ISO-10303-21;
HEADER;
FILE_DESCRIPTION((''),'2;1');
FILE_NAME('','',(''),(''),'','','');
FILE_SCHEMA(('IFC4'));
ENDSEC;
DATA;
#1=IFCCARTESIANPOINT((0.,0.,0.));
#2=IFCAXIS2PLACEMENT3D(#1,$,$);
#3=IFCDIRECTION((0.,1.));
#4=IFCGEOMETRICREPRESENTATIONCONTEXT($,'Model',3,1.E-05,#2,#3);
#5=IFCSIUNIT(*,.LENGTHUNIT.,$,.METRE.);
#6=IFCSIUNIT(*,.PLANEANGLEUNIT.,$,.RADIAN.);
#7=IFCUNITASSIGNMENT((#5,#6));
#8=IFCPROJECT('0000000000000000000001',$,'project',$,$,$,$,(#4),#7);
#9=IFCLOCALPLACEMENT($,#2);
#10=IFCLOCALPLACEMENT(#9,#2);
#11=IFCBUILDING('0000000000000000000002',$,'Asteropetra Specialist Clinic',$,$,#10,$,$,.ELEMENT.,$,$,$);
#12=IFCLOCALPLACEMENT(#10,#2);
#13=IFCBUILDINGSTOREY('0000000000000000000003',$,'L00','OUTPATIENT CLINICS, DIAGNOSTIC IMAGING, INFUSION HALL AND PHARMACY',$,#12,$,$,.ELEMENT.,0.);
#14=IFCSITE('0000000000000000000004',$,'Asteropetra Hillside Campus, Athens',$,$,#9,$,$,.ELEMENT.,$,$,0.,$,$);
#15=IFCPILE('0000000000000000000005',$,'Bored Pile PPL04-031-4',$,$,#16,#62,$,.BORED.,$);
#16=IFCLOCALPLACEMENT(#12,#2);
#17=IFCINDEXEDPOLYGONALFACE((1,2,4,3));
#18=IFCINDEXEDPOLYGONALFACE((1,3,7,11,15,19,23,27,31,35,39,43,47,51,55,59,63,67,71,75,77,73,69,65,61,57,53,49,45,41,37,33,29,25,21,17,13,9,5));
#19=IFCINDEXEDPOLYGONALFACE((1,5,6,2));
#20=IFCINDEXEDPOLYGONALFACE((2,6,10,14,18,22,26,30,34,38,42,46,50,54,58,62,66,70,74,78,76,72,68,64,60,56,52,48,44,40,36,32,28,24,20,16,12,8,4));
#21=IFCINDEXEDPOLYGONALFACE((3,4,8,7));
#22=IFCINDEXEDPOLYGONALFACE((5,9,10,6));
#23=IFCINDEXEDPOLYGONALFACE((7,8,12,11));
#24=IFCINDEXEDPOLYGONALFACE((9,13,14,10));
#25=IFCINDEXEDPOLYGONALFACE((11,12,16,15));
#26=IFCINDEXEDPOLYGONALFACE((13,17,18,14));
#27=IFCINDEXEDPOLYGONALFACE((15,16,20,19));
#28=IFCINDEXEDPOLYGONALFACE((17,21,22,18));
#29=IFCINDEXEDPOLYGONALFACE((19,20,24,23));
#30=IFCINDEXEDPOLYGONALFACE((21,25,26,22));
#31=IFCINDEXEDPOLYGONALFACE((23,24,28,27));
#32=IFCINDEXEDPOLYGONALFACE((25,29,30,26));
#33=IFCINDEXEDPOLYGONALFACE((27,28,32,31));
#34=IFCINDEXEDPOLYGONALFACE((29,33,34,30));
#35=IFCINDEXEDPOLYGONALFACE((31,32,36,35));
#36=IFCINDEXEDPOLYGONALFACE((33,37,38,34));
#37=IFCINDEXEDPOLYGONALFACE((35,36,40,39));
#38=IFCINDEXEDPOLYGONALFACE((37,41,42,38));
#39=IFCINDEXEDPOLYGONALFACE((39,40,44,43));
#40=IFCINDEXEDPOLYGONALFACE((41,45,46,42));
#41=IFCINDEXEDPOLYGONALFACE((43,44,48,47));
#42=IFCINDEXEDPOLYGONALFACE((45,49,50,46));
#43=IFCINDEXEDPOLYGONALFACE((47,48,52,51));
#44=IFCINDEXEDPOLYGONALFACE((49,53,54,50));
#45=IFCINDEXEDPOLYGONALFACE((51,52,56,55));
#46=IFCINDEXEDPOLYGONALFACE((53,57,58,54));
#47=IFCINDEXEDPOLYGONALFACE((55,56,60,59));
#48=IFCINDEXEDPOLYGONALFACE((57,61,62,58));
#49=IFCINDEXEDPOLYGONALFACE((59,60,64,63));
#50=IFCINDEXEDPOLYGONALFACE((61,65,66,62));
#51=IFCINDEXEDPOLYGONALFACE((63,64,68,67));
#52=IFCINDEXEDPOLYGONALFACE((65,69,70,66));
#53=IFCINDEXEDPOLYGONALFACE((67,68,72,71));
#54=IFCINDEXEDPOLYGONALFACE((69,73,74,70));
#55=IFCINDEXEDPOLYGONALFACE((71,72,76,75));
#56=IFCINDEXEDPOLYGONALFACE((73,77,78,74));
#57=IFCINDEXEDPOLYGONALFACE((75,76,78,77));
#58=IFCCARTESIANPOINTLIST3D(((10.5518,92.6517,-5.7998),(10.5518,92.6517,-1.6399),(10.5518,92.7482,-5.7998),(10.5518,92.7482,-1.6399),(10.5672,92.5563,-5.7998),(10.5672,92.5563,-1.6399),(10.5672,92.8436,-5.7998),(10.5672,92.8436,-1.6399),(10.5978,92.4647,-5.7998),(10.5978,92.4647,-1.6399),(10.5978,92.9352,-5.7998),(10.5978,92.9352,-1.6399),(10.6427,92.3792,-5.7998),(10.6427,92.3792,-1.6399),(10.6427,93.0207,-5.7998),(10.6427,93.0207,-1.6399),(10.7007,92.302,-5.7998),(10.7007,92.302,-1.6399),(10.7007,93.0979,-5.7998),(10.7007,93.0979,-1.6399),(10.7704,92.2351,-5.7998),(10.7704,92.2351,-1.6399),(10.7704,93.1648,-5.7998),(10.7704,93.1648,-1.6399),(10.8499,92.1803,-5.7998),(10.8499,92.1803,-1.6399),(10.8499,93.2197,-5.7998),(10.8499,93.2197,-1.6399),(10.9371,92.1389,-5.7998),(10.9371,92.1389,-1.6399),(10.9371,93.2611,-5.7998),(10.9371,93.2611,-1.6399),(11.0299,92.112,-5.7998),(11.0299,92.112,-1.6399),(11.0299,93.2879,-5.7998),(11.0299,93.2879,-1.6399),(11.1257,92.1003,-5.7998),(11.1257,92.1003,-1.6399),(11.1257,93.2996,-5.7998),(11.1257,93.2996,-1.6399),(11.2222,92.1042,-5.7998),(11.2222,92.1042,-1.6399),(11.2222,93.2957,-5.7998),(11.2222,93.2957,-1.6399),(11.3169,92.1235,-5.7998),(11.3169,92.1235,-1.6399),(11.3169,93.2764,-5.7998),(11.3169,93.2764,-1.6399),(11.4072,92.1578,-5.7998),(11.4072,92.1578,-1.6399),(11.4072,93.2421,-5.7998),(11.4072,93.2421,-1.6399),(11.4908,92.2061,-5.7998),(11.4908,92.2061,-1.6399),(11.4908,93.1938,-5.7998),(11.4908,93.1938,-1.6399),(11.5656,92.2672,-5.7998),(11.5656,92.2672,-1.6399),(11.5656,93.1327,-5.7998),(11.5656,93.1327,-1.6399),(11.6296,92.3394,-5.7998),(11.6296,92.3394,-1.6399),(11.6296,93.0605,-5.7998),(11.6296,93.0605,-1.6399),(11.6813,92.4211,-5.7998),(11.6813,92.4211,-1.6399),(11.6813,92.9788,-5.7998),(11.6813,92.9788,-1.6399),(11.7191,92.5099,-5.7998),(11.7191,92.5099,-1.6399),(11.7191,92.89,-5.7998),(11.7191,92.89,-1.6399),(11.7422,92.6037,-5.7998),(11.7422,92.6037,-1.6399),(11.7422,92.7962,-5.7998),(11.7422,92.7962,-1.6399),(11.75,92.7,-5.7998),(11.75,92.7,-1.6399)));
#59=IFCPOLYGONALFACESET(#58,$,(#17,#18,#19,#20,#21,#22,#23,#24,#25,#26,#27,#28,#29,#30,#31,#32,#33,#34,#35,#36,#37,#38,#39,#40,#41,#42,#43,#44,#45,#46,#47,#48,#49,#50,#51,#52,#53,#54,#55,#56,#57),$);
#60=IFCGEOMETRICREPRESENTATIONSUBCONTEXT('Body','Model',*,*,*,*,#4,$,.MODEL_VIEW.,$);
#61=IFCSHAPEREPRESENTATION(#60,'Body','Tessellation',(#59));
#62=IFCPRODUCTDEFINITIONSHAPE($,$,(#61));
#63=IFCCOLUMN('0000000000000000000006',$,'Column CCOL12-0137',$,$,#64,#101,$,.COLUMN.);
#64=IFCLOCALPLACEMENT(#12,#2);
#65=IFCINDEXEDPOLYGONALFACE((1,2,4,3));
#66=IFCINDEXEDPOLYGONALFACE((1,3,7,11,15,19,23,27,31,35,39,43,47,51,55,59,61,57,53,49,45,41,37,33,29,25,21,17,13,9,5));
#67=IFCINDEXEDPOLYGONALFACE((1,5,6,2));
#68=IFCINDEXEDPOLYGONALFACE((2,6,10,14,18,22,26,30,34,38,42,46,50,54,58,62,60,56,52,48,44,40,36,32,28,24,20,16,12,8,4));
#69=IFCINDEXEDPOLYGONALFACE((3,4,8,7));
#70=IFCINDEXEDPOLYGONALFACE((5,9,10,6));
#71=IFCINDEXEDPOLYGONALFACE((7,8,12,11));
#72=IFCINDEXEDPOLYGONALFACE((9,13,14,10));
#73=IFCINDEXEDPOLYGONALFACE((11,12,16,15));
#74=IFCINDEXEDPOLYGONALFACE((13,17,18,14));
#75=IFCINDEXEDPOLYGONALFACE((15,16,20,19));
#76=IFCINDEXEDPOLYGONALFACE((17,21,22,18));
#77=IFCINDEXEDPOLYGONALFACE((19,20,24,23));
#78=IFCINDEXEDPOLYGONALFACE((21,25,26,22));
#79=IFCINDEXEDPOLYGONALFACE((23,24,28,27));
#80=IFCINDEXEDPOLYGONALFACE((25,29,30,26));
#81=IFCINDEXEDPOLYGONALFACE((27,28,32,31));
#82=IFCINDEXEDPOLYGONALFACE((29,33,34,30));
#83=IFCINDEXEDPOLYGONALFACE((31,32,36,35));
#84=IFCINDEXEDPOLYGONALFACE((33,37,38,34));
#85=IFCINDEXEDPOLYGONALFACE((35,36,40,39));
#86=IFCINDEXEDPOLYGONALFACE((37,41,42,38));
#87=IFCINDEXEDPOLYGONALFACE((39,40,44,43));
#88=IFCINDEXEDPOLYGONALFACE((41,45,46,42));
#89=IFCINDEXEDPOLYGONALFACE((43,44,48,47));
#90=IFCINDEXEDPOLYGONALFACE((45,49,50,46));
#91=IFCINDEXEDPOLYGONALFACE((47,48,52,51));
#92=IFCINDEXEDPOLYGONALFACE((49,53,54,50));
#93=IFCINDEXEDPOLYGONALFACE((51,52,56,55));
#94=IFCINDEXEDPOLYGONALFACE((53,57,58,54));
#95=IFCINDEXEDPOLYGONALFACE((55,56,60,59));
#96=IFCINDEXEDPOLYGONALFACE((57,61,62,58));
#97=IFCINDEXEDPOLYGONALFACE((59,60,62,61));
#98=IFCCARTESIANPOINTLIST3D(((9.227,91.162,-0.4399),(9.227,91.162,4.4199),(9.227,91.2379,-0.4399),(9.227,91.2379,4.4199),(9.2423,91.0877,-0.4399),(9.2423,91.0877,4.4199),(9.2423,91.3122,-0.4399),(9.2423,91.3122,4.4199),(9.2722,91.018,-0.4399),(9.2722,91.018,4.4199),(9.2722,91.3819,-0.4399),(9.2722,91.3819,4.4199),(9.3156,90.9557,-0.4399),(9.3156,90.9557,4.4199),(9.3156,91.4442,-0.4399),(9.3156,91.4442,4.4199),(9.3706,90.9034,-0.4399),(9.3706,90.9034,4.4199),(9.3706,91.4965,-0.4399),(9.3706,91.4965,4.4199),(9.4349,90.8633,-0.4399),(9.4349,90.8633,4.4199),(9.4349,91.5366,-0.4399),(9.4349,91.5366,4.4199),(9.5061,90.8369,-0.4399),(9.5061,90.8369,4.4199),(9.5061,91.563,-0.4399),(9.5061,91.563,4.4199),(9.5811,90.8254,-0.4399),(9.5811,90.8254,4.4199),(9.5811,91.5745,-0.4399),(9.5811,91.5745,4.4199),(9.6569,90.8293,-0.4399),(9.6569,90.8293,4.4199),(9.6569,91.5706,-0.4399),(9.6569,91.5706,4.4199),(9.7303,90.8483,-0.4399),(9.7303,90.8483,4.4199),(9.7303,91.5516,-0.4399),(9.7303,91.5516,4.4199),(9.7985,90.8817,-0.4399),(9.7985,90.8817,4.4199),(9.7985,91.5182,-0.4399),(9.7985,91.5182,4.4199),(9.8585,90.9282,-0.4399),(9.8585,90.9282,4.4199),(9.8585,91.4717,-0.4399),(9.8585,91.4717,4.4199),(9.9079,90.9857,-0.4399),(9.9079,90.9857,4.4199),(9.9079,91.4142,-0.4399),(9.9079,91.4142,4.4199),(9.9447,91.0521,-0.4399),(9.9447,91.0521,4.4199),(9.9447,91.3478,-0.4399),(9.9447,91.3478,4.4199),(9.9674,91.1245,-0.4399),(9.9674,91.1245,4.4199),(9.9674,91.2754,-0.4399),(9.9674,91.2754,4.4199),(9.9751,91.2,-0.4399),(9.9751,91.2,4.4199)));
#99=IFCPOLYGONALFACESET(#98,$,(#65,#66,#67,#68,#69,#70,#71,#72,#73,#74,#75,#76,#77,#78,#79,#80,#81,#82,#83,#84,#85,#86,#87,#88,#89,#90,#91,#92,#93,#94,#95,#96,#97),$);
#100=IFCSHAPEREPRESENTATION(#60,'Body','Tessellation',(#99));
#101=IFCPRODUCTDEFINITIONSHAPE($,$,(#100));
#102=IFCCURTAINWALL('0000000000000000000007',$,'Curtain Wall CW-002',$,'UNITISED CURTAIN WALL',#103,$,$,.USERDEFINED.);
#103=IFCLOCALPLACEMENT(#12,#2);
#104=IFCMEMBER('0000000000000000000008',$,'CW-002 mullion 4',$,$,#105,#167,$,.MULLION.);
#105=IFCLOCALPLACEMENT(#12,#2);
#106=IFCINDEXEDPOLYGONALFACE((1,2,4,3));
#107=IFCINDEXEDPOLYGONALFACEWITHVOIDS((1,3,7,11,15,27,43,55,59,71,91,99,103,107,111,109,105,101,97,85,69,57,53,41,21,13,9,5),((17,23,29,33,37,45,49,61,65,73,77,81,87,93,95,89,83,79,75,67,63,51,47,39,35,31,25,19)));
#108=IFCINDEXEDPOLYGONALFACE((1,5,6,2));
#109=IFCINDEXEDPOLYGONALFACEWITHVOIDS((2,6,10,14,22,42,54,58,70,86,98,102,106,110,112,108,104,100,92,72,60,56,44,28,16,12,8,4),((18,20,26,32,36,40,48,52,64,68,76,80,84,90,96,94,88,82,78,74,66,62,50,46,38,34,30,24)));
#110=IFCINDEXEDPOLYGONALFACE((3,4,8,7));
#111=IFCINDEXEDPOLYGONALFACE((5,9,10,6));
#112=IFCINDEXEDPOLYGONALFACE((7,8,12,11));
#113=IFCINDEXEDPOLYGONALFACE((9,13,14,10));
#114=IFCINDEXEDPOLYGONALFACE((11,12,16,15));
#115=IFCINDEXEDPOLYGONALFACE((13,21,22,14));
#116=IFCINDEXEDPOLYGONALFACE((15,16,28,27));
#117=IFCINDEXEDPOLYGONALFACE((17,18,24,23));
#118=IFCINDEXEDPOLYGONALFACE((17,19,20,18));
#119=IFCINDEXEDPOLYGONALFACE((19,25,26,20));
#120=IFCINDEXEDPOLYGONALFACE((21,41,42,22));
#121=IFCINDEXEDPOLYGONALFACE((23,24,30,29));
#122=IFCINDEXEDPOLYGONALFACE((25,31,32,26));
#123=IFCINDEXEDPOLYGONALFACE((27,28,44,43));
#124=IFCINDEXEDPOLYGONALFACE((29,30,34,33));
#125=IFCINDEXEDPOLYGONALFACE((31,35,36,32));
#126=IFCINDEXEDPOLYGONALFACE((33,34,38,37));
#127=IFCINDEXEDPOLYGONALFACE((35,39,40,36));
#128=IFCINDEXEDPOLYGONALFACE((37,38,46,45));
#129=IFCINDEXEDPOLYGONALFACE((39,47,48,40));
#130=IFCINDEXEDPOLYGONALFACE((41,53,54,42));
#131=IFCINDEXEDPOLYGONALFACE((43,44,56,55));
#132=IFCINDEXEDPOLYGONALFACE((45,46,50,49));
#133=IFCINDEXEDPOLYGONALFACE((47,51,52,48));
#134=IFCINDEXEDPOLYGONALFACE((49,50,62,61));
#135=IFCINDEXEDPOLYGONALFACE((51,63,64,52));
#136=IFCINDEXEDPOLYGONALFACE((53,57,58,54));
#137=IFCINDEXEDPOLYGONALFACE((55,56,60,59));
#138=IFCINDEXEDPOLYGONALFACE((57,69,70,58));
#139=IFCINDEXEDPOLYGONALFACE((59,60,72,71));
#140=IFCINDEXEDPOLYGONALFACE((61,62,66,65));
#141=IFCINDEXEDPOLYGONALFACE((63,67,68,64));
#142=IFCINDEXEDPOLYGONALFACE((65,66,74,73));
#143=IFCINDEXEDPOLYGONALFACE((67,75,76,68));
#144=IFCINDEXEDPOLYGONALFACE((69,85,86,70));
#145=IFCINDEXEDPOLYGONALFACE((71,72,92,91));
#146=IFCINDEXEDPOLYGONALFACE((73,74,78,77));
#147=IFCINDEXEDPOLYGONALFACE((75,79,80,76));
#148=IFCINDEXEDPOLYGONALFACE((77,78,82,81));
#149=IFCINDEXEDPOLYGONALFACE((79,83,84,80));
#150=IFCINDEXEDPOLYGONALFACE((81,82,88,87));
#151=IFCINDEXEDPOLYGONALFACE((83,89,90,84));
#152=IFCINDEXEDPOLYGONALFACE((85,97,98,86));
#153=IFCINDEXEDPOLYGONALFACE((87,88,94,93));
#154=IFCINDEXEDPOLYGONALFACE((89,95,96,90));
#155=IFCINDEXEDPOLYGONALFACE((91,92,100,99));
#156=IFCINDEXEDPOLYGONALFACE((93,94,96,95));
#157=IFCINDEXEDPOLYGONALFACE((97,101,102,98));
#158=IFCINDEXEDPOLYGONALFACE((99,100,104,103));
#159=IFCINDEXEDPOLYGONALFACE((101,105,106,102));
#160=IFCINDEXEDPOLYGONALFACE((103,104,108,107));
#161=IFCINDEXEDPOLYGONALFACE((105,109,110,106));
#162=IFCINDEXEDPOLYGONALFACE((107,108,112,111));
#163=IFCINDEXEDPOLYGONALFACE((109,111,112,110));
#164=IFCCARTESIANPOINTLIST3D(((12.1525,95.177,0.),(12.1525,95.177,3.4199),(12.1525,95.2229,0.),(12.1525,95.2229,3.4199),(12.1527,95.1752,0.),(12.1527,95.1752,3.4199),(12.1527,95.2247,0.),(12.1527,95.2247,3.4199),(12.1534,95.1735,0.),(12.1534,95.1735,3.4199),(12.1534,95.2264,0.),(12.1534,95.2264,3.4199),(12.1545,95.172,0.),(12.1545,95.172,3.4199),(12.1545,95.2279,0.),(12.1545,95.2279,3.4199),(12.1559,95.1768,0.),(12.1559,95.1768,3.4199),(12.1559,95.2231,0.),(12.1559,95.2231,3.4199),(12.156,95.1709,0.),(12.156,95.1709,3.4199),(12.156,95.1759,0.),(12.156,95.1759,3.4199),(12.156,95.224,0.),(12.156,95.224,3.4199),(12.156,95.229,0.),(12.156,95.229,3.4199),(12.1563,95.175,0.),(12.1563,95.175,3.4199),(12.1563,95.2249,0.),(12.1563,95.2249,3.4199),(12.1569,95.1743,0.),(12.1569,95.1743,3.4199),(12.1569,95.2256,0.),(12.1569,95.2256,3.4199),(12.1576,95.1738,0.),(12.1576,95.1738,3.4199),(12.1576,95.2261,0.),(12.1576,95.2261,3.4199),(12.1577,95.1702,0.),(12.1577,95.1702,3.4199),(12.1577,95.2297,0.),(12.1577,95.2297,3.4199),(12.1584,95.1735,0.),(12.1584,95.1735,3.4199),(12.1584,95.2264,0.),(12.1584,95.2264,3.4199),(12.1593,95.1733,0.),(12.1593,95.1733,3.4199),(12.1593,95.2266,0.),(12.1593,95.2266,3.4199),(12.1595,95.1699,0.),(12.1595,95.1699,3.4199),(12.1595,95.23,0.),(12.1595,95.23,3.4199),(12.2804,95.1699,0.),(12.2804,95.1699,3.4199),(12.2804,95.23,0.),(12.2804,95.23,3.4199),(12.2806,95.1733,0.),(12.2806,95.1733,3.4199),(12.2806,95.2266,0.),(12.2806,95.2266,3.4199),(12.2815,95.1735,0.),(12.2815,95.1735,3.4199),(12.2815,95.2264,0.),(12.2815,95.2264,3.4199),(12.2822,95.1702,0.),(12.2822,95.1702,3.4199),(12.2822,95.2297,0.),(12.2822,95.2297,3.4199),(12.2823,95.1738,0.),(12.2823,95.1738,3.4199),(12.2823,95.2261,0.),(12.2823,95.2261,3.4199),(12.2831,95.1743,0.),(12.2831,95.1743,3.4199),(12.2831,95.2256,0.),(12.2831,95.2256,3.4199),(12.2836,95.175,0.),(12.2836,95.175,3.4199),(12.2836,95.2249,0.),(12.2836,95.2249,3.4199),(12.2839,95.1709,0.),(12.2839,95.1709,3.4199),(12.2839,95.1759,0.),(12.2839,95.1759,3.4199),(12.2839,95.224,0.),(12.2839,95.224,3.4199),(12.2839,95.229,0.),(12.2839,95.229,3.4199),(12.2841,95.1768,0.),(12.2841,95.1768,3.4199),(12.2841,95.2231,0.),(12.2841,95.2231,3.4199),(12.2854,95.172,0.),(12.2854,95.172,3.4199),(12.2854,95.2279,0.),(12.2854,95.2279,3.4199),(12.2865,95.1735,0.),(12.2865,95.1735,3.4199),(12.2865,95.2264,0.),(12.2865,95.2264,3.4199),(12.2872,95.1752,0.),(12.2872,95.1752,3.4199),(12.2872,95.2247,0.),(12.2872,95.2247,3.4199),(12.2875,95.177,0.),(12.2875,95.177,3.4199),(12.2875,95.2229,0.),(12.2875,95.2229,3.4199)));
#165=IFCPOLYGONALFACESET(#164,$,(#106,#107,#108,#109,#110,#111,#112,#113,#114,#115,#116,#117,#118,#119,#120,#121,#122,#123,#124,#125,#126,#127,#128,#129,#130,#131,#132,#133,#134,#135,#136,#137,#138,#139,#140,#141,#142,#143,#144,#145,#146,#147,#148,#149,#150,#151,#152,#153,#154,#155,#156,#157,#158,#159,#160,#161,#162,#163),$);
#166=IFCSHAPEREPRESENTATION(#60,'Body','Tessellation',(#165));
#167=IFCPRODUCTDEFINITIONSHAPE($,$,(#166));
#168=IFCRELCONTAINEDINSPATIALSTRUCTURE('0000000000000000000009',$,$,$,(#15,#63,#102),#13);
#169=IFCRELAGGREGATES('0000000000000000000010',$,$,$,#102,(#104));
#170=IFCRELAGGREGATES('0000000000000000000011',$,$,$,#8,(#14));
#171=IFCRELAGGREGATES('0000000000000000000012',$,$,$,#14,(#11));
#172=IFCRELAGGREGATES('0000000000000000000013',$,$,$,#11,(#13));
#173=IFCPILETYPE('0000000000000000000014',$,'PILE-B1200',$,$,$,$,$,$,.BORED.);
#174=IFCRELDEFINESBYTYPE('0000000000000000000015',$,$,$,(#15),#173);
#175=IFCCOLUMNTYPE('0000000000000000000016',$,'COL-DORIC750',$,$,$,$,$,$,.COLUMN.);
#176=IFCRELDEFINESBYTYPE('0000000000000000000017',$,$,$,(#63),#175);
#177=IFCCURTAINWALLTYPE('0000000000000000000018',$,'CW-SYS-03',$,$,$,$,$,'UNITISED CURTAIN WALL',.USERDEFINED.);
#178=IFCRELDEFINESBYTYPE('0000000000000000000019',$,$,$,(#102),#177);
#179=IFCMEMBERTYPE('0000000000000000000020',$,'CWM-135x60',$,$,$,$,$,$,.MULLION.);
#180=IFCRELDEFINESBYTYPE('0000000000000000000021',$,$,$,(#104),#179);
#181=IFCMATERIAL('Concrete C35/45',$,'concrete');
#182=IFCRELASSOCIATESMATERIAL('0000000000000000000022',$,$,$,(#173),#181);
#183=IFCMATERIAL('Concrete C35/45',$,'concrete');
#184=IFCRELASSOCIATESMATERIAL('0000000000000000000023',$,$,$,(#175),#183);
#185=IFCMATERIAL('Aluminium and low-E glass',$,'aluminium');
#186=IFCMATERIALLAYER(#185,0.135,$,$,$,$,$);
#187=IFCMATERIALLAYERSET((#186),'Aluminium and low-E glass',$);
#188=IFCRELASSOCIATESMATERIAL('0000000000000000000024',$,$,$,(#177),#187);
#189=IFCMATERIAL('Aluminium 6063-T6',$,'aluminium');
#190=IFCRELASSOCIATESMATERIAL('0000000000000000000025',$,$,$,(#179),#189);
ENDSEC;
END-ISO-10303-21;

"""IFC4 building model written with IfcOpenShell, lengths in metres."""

from ifc_helpers import new_model, si_unit, direction, frame, origin, origin_2d, place, context, subcontext, project, spatial, hollow_rectangle, circle, extrude, material, layer, layer_set, material_profile, profile_set, type_object, element, aggregate, save


model = new_model("IFC4")

# Units and contexts
model_context = context("Model", 3, precision=1e-05, world=origin(), true_north=direction((0.0, 1.0)))
body_context = subcontext(model_context, "Body", "Model", "MODEL_VIEW")
ifc_project = project(units=[si_unit("LENGTHUNIT", "METRE"), si_unit("PLANEANGLEUNIT", "RADIAN")], contexts=[model_context])

# Site, building, storey
site_placement = place(None, origin())
site = spatial("IfcSite", under=ifc_project, at=site_placement, Name="Asteropetra Hillside Campus, Athens", CompositionType="ELEMENT", RefElevation=0.0)
building_placement = place(site_placement, origin())
building = spatial("IfcBuilding", under=site, at=building_placement, Name="Asteropetra Specialist Clinic", CompositionType="ELEMENT")
storey_placement = place(building_placement, origin())
storey = spatial("IfcBuildingStorey", under=building, at=storey_placement, Name="L00", Description="OUTPATIENT CLINICS, DIAGNOSTIC IMAGING, INFUSION HALL AND PHARMACY", CompositionType="ELEMENT", Elevation=0.0)

# Pile
ifc_material_1 = material(Name="Concrete C35/45", Category="concrete")
ifc_material_profile_1 = material_profile(ifc_material_1, circle(Radius=0.6001, at=origin_2d()), Name="PILE D1200")
ifc_profile_set_1 = profile_set([ifc_material_profile_1], Name="Concrete C35/45")
pile_type_1 = type_object("IfcPileType", Name="PILE-B1200", PredefinedType="BORED", material=ifc_profile_set_1)
for number, where, z_axis, x_axis, name in (
    (1, (11.1499, 92.7, -1.6399), (0.0, 0.0, -1.0), (1.0, 0.0, 0.0), "Bored Pile PPL04-031-4"),
):
    element("IfcPile", number, at=place(storey_placement, frame(where, z_axis=z_axis, x_axis=x_axis)), inside=storey, type_object=pile_type_1, Name=name, PredefinedType="BORED", context=body_context, shape_type="SweptSolid", body=[
        extrude(circle(Radius=0.6001, at=origin_2d()), origin(), (0.0, 0.0, 1.0), 4.1599),
    ])

# Column
ifc_material_2 = material(Name="Concrete C35/45", Category="concrete")
ifc_material_profile_2 = material_profile(ifc_material_2, circle(Radius=0.375, at=origin_2d()), Name="RCC D750")
ifc_profile_set_2 = profile_set([ifc_material_profile_2], Name="Concrete C35/45")
column_type = type_object("IfcColumnType", Name="COL-DORIC750", PredefinedType="COLUMN", material=ifc_profile_set_2)
column_placement = place(storey_placement, frame((9.6001, 91.2, -0.4399), z_axis=(0.0, 0.0, 1.0), x_axis=(1.0, 0.0, 0.0)))
element("IfcColumn", 2, at=column_placement, inside=storey, type_object=column_type, Name="Column CCOL12-0137", PredefinedType="COLUMN", context=body_context, shape_type="SweptSolid", body=[
    extrude(circle(Radius=0.375, at=origin_2d()), origin(), (0.0, 0.0, 1.0), 4.8599),
])

# Curtain wall, member
ifc_material_3 = material(Name="Aluminium and low-E glass", Category="aluminium")
ifc_layer_1 = layer(ifc_material_3, 0.135)
ifc_layer_set_1 = layer_set([ifc_layer_1], Name="Aluminium and low-E glass")
curtain_wall_type_1 = type_object("IfcCurtainWallType", Name="CW-SYS-03", ElementType="UNITISED CURTAIN WALL", PredefinedType="USERDEFINED", material=ifc_layer_set_1)
curtain_wall_1_placement = place(storey_placement, origin())
curtain_wall_1 = element("IfcCurtainWall", 3, at=curtain_wall_1_placement, inside=storey, type_object=curtain_wall_type_1, Name="Curtain Wall CW-002", ObjectType="UNITISED CURTAIN WALL", PredefinedType="USERDEFINED")
ifc_material_4 = material(Name="Aluminium 6063-T6", Category="aluminium")
ifc_material_profile_3 = material_profile(ifc_material_4, hollow_rectangle(XDim=0.0601, YDim=0.135, WallThickness=0.0034, InnerFilletRadius=0.0034, OuterFilletRadius=0.0071, at=origin_2d()), Name="MUL 135x60x3.5")
ifc_profile_set_3 = profile_set([ifc_material_profile_3], Name="Aluminium 6063-T6")
member_type_1 = type_object("IfcMemberType", Name="CWM-135x60", PredefinedType="MULLION", material=ifc_profile_set_3)
member_1_placement = place(storey_placement, frame((12.22, 95.2, 0.0), z_axis=(0.0, 0.0, 1.0), x_axis=(0.0, -1.0, 0.0)))
member_1 = element("IfcMember", 4, at=member_1_placement, type_object=member_type_1, Name="CW-002 mullion 4", PredefinedType="MULLION", context=body_context, shape_type="SweptSolid", body=[
    extrude(hollow_rectangle(XDim=0.0601, YDim=0.135, WallThickness=0.0034, InnerFilletRadius=0.0034, OuterFilletRadius=0.0071, at=origin_2d()), origin(), (0.0, 0.0, 1.0), 3.4199),
])

aggregate(curtain_wall_1, [member_1])

save(model, "model.ifc")
